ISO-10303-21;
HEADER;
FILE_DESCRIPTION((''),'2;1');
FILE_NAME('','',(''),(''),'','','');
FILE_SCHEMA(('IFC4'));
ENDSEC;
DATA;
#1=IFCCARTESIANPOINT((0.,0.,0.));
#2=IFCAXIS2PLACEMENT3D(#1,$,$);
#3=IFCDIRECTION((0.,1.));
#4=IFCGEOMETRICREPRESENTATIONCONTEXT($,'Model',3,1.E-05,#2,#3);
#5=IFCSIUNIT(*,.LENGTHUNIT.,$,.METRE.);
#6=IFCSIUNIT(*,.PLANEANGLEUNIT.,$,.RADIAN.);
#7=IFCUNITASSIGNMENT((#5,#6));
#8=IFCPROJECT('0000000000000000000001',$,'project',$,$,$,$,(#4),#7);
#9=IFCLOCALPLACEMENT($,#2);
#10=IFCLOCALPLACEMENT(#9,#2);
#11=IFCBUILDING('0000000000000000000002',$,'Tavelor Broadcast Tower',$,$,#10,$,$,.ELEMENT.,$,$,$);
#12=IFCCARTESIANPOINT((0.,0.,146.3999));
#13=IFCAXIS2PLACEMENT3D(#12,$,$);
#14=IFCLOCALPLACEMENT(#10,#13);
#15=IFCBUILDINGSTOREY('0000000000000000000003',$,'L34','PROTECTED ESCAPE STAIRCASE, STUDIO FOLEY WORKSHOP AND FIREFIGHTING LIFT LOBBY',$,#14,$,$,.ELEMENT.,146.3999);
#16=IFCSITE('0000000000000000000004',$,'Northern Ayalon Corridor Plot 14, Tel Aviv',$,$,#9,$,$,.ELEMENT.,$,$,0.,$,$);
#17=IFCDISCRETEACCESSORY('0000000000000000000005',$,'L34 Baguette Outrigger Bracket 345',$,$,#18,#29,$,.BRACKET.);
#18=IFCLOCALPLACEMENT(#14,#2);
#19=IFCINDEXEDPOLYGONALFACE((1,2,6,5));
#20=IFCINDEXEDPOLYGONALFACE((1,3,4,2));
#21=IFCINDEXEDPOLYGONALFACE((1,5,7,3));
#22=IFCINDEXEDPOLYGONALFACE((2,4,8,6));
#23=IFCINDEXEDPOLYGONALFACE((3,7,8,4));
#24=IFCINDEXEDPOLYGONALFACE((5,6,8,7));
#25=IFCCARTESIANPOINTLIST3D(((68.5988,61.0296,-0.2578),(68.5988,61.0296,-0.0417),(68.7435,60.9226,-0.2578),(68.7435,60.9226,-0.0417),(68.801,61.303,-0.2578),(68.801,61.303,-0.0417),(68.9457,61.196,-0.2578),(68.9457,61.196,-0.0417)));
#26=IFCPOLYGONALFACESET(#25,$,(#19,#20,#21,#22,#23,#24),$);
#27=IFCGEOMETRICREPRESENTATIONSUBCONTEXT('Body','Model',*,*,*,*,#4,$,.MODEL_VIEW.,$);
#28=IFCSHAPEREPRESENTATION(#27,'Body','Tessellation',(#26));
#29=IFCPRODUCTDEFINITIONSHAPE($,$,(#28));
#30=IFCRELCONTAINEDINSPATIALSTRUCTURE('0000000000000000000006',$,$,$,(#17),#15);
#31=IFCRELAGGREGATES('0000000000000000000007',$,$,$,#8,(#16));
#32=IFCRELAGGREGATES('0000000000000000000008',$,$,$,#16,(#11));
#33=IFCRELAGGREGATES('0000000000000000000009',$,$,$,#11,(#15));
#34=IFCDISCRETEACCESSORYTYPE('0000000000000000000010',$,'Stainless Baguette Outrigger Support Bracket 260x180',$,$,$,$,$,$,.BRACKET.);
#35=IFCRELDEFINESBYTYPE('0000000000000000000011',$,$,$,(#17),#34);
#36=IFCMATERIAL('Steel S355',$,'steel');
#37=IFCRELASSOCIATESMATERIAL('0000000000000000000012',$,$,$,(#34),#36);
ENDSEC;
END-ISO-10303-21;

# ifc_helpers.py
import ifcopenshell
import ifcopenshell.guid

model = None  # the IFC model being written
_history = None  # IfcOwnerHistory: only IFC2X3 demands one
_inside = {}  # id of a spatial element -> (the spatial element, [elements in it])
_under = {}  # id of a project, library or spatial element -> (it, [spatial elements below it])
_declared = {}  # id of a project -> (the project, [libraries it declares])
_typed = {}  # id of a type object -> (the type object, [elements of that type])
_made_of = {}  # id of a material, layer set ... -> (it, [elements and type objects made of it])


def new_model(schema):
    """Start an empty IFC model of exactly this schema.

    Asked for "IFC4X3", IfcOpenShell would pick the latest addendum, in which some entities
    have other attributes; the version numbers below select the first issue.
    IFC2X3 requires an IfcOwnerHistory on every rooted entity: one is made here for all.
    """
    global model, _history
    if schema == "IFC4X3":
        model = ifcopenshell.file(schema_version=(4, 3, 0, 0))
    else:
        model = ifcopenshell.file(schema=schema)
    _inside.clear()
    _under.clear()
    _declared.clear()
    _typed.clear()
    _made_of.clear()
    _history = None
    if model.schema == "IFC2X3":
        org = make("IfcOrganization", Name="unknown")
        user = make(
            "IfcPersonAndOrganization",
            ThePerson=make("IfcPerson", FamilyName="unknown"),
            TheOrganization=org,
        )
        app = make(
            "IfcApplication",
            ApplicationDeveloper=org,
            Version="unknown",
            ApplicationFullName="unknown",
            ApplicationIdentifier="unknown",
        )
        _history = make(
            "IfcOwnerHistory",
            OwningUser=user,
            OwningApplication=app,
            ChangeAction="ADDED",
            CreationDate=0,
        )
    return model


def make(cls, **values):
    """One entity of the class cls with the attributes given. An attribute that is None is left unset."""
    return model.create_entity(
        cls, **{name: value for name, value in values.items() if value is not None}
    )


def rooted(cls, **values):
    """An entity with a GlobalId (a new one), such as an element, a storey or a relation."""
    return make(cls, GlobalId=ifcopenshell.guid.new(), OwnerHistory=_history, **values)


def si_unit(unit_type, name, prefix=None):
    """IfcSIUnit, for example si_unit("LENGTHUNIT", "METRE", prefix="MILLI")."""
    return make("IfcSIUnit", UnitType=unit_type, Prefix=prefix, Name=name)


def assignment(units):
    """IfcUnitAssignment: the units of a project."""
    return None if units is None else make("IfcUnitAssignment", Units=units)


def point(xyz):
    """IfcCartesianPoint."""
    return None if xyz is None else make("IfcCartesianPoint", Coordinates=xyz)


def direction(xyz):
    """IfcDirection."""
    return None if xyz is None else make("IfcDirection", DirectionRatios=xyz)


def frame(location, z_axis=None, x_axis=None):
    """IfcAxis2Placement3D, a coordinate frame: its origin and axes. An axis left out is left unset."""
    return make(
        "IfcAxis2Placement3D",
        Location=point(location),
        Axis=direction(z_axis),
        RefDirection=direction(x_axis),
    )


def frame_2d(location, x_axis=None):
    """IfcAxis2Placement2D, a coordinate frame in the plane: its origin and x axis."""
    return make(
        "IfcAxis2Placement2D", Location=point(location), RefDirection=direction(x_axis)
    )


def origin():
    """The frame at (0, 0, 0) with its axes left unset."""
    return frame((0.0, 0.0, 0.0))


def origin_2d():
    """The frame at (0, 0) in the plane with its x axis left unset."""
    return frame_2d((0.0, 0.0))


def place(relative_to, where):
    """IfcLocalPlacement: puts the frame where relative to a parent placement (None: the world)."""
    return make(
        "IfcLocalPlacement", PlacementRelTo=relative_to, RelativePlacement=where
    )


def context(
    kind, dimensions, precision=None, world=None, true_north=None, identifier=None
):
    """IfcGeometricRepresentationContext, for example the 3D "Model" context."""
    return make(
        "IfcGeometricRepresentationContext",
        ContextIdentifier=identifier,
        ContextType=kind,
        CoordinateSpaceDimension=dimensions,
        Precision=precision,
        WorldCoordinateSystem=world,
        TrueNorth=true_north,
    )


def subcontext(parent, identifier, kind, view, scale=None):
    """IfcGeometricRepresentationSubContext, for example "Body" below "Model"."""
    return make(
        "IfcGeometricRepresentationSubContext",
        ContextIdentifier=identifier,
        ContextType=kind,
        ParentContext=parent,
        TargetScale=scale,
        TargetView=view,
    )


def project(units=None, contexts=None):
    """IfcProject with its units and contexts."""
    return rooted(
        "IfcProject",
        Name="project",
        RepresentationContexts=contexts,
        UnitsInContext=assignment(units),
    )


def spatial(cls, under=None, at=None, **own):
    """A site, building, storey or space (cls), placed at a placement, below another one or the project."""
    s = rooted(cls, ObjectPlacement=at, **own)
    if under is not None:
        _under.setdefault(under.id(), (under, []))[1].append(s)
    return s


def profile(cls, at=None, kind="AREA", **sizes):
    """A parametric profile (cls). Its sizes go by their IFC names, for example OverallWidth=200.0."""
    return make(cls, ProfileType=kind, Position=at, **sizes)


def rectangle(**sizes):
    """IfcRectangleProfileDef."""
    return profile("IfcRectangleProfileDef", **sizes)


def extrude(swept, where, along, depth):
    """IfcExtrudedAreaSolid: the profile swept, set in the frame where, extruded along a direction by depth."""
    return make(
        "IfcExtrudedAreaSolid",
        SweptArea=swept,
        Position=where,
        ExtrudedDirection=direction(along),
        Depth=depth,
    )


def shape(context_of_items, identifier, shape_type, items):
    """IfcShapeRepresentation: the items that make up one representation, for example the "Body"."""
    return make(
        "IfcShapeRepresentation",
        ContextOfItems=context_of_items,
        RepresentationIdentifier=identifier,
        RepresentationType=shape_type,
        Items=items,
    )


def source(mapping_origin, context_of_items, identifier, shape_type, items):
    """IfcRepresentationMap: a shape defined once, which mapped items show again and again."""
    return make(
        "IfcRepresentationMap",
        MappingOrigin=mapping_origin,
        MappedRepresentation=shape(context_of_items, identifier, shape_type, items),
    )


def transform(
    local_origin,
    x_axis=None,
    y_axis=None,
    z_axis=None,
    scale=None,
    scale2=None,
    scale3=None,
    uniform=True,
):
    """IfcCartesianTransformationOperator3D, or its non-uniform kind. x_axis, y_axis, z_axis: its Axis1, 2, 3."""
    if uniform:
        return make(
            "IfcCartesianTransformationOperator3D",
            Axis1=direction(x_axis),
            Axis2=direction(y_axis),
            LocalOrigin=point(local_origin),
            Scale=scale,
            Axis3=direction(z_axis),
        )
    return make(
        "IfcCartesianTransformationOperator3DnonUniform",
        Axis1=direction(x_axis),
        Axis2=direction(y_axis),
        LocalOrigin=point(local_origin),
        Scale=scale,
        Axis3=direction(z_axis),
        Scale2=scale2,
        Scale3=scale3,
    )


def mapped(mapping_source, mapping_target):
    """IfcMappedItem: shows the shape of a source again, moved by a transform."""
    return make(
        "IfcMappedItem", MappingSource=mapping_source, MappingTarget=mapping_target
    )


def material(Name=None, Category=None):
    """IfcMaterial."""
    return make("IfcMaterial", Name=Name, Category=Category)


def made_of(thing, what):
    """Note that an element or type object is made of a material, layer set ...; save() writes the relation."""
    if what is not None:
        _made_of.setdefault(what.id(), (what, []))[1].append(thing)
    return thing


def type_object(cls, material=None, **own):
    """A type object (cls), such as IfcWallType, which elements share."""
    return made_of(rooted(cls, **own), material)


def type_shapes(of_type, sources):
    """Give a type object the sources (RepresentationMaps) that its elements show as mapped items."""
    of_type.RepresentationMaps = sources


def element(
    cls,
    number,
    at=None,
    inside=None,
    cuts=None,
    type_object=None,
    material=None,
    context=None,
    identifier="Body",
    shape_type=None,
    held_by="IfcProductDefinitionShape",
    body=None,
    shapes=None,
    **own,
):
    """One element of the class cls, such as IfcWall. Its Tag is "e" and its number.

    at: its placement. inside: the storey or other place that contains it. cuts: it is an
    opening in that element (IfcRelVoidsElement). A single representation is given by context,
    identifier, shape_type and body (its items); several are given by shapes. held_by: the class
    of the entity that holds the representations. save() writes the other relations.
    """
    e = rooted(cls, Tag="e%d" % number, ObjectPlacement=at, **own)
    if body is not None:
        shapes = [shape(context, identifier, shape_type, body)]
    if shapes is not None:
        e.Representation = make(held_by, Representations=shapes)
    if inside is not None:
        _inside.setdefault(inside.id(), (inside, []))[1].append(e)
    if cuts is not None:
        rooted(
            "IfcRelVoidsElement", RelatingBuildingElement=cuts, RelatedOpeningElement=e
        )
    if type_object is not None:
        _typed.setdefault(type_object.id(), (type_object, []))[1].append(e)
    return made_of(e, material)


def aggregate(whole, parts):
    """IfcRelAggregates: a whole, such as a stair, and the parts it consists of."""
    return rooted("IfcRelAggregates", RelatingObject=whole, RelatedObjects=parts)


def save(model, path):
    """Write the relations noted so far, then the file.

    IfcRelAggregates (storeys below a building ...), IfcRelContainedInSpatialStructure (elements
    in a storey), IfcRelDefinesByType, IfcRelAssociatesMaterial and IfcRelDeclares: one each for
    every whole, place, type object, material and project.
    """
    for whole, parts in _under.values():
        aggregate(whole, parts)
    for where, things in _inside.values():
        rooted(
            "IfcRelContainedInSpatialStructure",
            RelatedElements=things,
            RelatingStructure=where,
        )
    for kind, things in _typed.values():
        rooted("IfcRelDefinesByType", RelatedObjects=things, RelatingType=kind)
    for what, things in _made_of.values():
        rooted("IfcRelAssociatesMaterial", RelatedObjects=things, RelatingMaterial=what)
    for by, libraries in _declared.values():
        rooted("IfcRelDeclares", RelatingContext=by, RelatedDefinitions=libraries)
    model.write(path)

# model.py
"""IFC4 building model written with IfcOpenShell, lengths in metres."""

from ifc_helpers import new_model, si_unit, direction, frame, origin, origin_2d, place, context, subcontext, project, spatial, rectangle, extrude, source, transform, mapped, material, type_object, type_shapes, element, save


model = new_model("IFC4")

# Units and contexts
model_context = context("Model", 3, precision=1e-05, world=origin(), true_north=direction((0.0, 1.0)))
body_context = subcontext(model_context, "Body", "Model", "MODEL_VIEW")
ifc_project = project(units=[si_unit("LENGTHUNIT", "METRE"), si_unit("PLANEANGLEUNIT", "RADIAN")], contexts=[model_context])

# Site, building, storey
site_placement = place(None, origin())
site = spatial("IfcSite", under=ifc_project, at=site_placement, Name="Northern Ayalon Corridor Plot 14, Tel Aviv", CompositionType="ELEMENT", RefElevation=0.0)
building_placement = place(site_placement, origin())
building = spatial("IfcBuilding", under=site, at=building_placement, Name="Tavelor Broadcast Tower", CompositionType="ELEMENT")
storey_placement = place(building_placement, frame((0.0, 0.0, 146.3999)))
storey = spatial("IfcBuildingStorey", under=building, at=storey_placement, Name="L34", Description="PROTECTED ESCAPE STAIRCASE, STUDIO FOLEY WORKSHOP AND FIREFIGHTING LIFT LOBBY", CompositionType="ELEMENT", Elevation=146.3999)

# Shared definitions
ifc_material_1 = material(Name="Steel S355", Category="steel")

# Discrete accessory
discrete_accessory_type = type_object("IfcDiscreteAccessoryType", Name="Stainless Baguette Outrigger Support Bracket 260x180", PredefinedType="BRACKET", material=ifc_material_1)
shared_shape_1 = source(origin(), body_context, "Body", "SweptSolid", [
    extrude(rectangle(XDim=0.1799, YDim=0.3401, at=origin_2d()), origin(), (0.0, 0.0, 1.0), 0.2161),
])
type_shapes(discrete_accessory_type, [shared_shape_1])
discrete_accessory_placement = place(storey_placement, frame((68.7722, 61.1128, -0.2578), z_axis=(0.0, 0.0, 1.0), x_axis=(-0.804064, 0.594542, 0.0)))
element("IfcDiscreteAccessory", 1, at=discrete_accessory_placement, inside=storey, type_object=discrete_accessory_type, Name="L34 Baguette Outrigger Bracket 345", PredefinedType="BRACKET", context=body_context, shape_type="MappedRepresentation", body=[
    mapped(shared_shape_1, transform((0.0, 0.0, 0.0), scale=1.0)),
])

save(model, "model.ifc")
